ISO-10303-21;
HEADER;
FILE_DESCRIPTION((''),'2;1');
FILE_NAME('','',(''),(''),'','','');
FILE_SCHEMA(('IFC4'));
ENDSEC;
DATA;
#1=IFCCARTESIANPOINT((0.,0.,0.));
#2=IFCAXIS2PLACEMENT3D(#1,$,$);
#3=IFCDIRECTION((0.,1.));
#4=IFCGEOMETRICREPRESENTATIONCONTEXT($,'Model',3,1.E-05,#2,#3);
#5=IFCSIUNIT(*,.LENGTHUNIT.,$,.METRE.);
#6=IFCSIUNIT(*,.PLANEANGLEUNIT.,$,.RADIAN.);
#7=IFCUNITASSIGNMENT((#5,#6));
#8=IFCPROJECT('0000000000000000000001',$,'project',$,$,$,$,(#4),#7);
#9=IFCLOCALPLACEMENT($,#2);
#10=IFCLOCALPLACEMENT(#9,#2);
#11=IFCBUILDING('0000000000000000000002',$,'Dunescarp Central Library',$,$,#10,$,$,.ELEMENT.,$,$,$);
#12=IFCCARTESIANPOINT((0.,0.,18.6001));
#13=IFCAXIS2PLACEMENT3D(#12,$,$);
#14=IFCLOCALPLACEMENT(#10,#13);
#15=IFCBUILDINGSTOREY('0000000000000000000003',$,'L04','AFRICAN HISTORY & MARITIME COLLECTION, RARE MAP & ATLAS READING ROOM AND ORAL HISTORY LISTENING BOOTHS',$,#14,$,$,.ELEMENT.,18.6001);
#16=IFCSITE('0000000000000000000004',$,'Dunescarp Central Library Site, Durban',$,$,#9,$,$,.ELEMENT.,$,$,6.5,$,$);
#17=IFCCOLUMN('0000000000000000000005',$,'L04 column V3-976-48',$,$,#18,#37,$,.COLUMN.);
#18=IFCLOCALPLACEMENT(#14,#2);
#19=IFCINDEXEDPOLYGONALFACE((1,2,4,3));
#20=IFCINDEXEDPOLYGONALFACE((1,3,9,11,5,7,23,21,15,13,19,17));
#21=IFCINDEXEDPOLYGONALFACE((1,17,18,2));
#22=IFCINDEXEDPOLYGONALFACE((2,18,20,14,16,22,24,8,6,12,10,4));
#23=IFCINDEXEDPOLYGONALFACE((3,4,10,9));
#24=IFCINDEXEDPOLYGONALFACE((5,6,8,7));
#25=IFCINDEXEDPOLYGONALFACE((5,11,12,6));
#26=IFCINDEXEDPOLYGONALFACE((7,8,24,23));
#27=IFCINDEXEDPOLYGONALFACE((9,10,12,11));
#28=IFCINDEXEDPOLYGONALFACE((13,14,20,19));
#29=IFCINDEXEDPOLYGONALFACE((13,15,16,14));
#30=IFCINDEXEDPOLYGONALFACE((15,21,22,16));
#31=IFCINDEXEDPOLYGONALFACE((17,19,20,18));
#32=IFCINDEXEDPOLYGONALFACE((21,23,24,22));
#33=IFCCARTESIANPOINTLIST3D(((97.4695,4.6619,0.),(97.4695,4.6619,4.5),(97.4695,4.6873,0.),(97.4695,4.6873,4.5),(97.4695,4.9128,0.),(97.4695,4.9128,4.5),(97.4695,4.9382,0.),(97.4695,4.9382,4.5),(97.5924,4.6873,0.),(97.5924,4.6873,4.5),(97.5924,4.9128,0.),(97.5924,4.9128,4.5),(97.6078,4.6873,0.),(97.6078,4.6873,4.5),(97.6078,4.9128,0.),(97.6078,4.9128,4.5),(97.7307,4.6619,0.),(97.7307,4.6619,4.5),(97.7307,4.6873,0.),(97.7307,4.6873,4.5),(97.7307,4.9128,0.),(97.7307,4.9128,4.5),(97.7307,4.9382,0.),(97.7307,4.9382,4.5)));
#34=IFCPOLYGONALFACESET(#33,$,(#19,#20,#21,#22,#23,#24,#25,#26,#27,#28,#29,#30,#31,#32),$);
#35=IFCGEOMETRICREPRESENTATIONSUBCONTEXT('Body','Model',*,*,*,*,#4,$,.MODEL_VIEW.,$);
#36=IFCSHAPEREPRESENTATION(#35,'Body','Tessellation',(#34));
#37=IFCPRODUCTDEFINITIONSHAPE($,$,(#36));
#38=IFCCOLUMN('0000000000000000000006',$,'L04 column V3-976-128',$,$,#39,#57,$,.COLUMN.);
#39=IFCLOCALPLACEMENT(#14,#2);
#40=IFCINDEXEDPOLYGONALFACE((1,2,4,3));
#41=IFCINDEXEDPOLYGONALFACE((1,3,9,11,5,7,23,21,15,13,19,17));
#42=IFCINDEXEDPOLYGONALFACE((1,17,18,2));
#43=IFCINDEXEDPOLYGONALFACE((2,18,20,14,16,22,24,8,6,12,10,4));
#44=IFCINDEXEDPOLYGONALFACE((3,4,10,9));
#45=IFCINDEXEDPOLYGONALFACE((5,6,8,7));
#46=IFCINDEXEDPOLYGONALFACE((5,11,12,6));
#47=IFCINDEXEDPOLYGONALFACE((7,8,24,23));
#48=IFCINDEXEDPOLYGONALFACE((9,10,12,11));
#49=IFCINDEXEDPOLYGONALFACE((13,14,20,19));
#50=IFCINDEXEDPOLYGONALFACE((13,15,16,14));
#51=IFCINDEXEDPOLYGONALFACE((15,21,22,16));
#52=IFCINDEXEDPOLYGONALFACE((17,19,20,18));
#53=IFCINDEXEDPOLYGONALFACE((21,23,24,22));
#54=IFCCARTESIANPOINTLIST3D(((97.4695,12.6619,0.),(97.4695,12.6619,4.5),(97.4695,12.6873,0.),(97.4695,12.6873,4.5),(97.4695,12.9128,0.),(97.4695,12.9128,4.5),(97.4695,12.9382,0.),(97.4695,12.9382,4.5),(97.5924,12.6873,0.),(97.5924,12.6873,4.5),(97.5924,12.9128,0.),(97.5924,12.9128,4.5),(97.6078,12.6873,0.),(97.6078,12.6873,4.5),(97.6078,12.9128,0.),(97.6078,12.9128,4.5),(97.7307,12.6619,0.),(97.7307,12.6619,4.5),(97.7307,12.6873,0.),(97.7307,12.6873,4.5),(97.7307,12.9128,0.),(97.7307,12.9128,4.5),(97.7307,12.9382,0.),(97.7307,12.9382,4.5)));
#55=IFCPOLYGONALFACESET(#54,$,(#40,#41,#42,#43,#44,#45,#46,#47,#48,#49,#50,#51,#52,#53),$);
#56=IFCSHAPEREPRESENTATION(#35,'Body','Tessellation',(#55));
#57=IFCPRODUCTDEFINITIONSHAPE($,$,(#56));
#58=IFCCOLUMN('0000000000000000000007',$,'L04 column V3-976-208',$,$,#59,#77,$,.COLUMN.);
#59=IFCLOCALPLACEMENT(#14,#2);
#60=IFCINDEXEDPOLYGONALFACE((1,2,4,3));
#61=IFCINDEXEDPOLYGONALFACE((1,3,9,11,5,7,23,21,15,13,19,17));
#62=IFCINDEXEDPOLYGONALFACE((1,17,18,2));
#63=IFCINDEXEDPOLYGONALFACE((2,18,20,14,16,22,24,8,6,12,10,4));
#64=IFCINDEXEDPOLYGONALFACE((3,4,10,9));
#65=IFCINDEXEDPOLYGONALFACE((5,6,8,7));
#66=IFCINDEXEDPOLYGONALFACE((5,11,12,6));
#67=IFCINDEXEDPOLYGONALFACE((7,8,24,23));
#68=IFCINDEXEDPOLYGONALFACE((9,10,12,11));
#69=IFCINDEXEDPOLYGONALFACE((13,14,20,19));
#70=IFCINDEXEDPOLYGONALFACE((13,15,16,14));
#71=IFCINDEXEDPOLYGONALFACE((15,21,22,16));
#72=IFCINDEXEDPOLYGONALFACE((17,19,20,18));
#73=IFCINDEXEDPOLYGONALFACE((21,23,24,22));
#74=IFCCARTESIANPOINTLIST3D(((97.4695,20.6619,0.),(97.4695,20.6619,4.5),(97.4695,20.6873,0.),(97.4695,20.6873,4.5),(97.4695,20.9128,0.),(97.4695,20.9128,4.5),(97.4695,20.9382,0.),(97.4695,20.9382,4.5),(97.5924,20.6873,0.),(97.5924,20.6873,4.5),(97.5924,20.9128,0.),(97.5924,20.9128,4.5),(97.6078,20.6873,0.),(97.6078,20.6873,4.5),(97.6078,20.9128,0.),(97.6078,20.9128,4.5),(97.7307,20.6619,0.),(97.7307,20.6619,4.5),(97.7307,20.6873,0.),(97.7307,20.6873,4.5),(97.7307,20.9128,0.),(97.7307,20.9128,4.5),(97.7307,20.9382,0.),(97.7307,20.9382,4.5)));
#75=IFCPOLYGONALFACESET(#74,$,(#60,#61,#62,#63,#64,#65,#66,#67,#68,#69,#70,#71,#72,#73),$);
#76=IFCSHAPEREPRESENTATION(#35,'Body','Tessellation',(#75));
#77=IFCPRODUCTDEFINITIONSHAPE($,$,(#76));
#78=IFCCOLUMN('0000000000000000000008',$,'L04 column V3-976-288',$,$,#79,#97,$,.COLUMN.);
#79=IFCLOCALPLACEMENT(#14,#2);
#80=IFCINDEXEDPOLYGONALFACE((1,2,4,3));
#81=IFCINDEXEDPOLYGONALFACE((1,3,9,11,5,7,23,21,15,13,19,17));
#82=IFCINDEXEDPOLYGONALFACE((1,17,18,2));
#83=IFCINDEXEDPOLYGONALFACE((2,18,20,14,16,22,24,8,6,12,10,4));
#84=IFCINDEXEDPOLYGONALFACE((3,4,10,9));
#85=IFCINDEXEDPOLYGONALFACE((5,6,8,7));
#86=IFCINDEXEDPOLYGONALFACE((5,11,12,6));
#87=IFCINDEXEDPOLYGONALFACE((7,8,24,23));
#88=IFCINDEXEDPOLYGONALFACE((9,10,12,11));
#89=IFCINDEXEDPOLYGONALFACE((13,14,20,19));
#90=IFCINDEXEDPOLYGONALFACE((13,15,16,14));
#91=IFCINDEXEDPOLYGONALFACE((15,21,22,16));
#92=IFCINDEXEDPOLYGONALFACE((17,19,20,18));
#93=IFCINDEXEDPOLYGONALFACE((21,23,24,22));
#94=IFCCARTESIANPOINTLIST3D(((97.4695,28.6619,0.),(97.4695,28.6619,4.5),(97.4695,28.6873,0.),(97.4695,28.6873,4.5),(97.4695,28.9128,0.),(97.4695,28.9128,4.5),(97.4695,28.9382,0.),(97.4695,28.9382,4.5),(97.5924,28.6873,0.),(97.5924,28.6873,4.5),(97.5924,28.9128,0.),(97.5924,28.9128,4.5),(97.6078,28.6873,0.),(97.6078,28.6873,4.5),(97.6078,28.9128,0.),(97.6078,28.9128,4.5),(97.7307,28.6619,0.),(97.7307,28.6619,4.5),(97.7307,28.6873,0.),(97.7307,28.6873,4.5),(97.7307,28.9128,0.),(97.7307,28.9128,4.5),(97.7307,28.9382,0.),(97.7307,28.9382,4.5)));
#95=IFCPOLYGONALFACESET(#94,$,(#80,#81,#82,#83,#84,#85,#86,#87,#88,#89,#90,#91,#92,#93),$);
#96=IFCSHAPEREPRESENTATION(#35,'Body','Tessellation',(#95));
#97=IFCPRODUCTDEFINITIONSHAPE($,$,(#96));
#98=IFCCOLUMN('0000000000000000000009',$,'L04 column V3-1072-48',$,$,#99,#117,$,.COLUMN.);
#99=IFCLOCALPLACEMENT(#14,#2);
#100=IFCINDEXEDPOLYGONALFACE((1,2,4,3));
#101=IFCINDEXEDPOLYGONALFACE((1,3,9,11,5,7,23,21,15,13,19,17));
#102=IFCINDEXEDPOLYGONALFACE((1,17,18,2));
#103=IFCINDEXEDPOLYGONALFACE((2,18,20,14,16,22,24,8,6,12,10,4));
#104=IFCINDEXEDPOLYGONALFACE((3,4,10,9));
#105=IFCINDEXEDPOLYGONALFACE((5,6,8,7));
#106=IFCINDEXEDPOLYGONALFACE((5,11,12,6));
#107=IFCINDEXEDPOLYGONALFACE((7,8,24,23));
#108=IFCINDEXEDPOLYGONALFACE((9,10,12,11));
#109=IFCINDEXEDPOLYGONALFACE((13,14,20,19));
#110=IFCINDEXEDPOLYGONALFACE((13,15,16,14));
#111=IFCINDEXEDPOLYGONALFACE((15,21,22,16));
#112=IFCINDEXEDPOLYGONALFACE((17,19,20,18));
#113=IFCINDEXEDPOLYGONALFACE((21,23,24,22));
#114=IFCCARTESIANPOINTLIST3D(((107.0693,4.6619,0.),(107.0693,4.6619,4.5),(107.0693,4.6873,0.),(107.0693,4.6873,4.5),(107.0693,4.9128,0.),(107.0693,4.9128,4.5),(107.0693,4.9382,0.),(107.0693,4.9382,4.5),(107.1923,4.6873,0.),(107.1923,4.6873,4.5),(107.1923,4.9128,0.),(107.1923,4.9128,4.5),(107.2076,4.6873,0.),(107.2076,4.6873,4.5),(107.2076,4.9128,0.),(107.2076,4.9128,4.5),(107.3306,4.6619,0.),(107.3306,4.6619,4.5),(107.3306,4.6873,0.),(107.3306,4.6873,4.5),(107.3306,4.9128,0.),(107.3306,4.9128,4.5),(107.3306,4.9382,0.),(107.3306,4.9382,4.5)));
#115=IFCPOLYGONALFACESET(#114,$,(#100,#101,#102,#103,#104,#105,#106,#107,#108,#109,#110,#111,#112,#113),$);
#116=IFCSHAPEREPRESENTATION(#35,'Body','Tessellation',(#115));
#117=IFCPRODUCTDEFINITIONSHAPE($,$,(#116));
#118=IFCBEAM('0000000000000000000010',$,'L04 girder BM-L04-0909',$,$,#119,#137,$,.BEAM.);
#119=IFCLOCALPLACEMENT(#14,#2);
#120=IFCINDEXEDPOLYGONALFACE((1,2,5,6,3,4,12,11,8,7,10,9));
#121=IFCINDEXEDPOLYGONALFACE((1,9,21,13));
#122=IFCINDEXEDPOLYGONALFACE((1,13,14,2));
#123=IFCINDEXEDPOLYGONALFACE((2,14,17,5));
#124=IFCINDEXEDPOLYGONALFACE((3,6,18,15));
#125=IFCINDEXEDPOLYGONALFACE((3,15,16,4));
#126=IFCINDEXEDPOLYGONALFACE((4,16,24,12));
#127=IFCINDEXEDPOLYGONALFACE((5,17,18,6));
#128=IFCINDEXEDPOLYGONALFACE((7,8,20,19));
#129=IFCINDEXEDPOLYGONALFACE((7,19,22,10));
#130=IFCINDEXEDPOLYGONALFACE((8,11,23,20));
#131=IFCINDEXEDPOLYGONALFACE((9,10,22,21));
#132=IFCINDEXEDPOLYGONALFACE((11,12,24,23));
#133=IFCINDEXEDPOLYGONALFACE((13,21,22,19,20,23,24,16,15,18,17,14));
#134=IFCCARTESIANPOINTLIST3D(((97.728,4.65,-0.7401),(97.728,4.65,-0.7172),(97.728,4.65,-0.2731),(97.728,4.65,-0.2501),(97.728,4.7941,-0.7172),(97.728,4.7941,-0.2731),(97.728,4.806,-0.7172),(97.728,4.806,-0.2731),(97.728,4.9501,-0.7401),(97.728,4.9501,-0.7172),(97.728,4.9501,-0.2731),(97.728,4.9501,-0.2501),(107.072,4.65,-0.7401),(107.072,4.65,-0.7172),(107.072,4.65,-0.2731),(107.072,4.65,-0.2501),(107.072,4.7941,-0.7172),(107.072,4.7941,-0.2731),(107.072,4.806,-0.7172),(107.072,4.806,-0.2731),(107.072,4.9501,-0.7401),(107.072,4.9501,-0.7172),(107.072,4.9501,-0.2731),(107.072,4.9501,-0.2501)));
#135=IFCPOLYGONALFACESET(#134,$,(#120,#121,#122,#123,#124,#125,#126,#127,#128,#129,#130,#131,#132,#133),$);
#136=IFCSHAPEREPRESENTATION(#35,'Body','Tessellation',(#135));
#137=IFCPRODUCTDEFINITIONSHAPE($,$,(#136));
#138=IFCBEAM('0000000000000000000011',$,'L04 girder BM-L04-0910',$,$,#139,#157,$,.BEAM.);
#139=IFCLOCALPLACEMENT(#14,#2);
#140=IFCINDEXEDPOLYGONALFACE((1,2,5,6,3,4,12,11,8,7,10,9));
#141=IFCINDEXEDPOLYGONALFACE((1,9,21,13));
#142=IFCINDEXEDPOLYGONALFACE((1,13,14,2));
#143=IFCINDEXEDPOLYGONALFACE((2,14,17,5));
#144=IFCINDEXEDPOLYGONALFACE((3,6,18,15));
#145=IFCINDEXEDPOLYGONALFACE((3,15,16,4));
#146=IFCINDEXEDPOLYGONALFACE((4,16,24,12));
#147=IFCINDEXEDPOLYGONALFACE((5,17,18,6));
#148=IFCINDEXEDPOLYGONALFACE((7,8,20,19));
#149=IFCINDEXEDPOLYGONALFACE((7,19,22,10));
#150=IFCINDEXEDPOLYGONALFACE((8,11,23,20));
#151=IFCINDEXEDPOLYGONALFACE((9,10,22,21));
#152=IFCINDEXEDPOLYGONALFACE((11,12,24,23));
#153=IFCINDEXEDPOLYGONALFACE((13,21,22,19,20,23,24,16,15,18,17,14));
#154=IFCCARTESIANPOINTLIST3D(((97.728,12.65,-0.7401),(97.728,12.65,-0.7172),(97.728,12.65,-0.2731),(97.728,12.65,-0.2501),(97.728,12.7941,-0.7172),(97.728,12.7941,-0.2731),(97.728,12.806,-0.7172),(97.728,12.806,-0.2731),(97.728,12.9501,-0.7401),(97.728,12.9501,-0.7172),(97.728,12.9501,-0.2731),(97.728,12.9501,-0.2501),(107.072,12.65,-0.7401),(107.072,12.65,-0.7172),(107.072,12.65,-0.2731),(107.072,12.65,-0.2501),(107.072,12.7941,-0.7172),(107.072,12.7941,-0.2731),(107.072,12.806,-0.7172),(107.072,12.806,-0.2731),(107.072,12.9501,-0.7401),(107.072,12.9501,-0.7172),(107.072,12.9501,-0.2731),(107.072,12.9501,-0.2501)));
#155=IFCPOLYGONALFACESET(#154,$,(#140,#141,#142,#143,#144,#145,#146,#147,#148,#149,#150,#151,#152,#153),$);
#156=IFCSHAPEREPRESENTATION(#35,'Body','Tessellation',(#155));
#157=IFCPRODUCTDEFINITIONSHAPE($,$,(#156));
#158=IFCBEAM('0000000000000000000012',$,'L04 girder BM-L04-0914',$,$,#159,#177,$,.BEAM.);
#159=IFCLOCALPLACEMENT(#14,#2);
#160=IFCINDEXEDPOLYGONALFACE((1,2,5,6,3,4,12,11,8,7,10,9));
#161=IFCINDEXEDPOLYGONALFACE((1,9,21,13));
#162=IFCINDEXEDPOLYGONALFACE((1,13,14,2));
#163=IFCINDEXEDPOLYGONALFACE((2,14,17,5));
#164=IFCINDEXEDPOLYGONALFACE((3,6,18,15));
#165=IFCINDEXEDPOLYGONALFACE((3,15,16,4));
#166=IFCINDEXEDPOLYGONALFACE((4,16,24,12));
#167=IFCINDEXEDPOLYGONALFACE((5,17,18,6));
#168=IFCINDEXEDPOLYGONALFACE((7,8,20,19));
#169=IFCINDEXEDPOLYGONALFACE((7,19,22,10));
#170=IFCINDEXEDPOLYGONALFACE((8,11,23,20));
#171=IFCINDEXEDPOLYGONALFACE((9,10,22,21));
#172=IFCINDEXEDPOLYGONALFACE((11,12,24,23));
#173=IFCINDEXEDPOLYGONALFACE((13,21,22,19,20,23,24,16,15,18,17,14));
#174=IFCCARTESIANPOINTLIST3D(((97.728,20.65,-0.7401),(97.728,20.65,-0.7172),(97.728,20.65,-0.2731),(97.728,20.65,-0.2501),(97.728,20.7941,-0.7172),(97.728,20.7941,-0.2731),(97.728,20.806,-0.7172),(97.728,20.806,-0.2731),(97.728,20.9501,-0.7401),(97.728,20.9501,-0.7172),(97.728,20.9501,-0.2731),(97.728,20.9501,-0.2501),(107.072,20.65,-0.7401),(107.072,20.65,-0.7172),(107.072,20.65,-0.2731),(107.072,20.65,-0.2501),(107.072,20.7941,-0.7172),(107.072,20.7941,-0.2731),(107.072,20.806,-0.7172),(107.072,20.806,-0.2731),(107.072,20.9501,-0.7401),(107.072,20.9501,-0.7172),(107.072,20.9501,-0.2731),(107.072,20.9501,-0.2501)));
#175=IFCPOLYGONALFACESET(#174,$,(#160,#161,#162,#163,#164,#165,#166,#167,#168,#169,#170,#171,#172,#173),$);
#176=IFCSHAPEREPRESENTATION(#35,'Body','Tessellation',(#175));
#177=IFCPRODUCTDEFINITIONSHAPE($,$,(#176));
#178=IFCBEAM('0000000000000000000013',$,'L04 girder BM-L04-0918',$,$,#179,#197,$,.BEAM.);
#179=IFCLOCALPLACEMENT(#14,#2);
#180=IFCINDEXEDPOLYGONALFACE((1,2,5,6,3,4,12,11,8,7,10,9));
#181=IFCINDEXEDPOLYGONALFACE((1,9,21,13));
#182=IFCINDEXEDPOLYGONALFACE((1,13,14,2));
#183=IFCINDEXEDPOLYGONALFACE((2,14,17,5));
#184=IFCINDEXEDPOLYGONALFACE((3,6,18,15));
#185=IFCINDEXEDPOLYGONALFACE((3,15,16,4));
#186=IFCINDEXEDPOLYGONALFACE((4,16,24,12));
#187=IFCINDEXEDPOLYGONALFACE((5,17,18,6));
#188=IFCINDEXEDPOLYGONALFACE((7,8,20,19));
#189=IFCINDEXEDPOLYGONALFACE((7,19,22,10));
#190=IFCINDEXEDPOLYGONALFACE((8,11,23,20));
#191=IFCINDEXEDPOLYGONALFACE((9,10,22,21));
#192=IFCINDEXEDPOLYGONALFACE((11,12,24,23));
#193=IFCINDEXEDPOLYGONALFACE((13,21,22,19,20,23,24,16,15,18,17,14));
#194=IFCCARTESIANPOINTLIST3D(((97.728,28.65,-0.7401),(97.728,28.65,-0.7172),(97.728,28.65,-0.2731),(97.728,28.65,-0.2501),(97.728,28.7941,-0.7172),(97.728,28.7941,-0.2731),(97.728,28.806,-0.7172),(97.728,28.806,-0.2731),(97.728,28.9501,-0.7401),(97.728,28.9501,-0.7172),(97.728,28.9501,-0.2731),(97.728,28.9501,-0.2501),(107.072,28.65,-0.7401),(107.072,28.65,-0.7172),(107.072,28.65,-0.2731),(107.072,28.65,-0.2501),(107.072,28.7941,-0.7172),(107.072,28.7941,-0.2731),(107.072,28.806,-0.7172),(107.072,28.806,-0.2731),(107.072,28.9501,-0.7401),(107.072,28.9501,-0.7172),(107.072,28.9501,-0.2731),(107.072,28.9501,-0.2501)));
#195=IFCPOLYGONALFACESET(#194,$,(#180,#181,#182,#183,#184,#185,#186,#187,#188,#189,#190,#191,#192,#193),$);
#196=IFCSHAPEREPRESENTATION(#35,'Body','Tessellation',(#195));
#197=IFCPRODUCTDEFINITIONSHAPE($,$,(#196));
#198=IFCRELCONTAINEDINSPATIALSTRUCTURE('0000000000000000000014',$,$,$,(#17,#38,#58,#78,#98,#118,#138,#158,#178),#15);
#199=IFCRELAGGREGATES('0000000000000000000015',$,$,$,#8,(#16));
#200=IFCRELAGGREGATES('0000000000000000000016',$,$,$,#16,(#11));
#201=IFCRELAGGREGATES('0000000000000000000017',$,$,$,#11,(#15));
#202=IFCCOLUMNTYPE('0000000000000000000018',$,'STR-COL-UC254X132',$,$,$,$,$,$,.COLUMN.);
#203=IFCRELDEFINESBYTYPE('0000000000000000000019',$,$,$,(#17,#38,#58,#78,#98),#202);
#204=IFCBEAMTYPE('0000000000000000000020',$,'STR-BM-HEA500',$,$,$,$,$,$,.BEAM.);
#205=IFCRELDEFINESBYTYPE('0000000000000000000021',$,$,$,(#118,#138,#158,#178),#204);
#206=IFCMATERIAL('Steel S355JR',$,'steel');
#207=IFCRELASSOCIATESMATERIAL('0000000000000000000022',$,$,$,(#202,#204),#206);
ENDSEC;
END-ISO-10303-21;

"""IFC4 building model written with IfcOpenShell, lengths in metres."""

from ifc_helpers import new_model, si_unit, direction, frame, origin, origin_2d, place, context, subcontext, project, spatial, i_section, extrude, material, material_profile, profile_set, type_object, element, save


model = new_model("IFC4")

# Units and contexts
model_context = context("Model", 3, precision=1e-05, world=origin(), true_north=direction((0.0, 1.0)))
body_context = subcontext(model_context, "Body", "Model", "MODEL_VIEW")
ifc_project = project(units=[si_unit("LENGTHUNIT", "METRE"), si_unit("PLANEANGLEUNIT", "RADIAN")], contexts=[model_context])

# Site, building, storey
site_placement = place(None, origin())
site = spatial("IfcSite", under=ifc_project, at=site_placement, Name="Dunescarp Central Library Site, Durban", CompositionType="ELEMENT", RefElevation=6.5)
building_placement = place(site_placement, origin())
building = spatial("IfcBuilding", under=site, at=building_placement, Name="Dunescarp Central Library", CompositionType="ELEMENT")
storey_placement = place(building_placement, frame((0.0, 0.0, 18.6001)))
storey = spatial("IfcBuildingStorey", under=building, at=storey_placement, Name="L04", Description="AFRICAN HISTORY & MARITIME COLLECTION, RARE MAP & ATLAS READING ROOM AND ORAL HISTORY LISTENING BOOTHS", CompositionType="ELEMENT", Elevation=18.6001)

# Columns
ifc_material_1 = material(Name="Steel S355JR", Category="steel")
ifc_material_profile_1 = material_profile(ifc_material_1, i_section(OverallWidth=0.2612, OverallDepth=0.2764, WebThickness=0.0154, FlangeThickness=0.0254, at=origin_2d()), Name="UC 254x254x132")
ifc_profile_set_1 = profile_set([ifc_material_profile_1], Name="Steel S355JR")
column_type = type_object("IfcColumnType", Name="STR-COL-UC254X132", PredefinedType="COLUMN", material=ifc_profile_set_1)
for number, where, z_axis, x_axis, name in (
    (1, (97.6001, 4.8, 0.0), (0.0, 0.0, 1.0), (1.0, 0.0, 0.0), "L04 column V3-976-48"),
    (2, (97.6001, 12.8, 0.0), (0.0, 0.0, 1.0), (1.0, 0.0, 0.0), "L04 column V3-976-128"),
    (3, (97.6001, 20.8, 0.0), (0.0, 0.0, 1.0), (1.0, 0.0, 0.0), "L04 column V3-976-208"),
    (4, (97.6001, 28.8, 0.0), (0.0, 0.0, 1.0), (1.0, 0.0, 0.0), "L04 column V3-976-288"),
    (5, (107.2, 4.8, 0.0), (0.0, 0.0, 1.0), (1.0, 0.0, 0.0), "L04 column V3-1072-48"),
):
    element("IfcColumn", number, at=place(storey_placement, frame(where, z_axis=z_axis, x_axis=x_axis)), inside=storey, type_object=column_type, Name=name, PredefinedType="COLUMN", context=body_context, shape_type="SweptSolid", body=[
        extrude(i_section(OverallWidth=0.2612, OverallDepth=0.2764, WebThickness=0.0154, FlangeThickness=0.0254, at=origin_2d()), origin(), (0.0, 0.0, 1.0), 4.5),
    ])

# Beams
ifc_material_profile_2 = material_profile(ifc_material_1, i_section(OverallWidth=0.3, OverallDepth=0.49, WebThickness=0.012, FlangeThickness=0.0229, at=origin_2d()), Name="HEA 500")
ifc_profile_set_2 = profile_set([ifc_material_profile_2], Name="Steel S355JR")
beam_type_1 = type_object("IfcBeamType", Name="STR-BM-HEA500", PredefinedType="BEAM", material=ifc_profile_set_2)
for number, where, z_axis, x_axis, name in (
    (6, (97.728, 4.8, -0.4951), (1.0, 0.0, 0.0), (0.0, 1.0, 0.0), "L04 girder BM-L04-0909"),
    (7, (97.728, 12.8, -0.4951), (1.0, 0.0, 0.0), (0.0, 1.0, 0.0), "L04 girder BM-L04-0910"),
    (8, (97.728, 20.8, -0.4951), (1.0, 0.0, 0.0), (0.0, 1.0, 0.0), "L04 girder BM-L04-0914"),
    (9, (97.728, 28.8, -0.4951), (1.0, 0.0, 0.0), (0.0, 1.0, 0.0), "L04 girder BM-L04-0918"),
):
    element("IfcBeam", number, at=place(storey_placement, frame(where, z_axis=z_axis, x_axis=x_axis)), inside=storey, type_object=beam_type_1, Name=name, PredefinedType="BEAM", context=body_context, shape_type="SweptSolid", body=[
        extrude(i_section(OverallWidth=0.3, OverallDepth=0.49, WebThickness=0.012, FlangeThickness=0.0229, at=origin_2d()), origin(), (0.0, 0.0, 1.0), 9.344),
    ])

save(model, "model.ifc")
